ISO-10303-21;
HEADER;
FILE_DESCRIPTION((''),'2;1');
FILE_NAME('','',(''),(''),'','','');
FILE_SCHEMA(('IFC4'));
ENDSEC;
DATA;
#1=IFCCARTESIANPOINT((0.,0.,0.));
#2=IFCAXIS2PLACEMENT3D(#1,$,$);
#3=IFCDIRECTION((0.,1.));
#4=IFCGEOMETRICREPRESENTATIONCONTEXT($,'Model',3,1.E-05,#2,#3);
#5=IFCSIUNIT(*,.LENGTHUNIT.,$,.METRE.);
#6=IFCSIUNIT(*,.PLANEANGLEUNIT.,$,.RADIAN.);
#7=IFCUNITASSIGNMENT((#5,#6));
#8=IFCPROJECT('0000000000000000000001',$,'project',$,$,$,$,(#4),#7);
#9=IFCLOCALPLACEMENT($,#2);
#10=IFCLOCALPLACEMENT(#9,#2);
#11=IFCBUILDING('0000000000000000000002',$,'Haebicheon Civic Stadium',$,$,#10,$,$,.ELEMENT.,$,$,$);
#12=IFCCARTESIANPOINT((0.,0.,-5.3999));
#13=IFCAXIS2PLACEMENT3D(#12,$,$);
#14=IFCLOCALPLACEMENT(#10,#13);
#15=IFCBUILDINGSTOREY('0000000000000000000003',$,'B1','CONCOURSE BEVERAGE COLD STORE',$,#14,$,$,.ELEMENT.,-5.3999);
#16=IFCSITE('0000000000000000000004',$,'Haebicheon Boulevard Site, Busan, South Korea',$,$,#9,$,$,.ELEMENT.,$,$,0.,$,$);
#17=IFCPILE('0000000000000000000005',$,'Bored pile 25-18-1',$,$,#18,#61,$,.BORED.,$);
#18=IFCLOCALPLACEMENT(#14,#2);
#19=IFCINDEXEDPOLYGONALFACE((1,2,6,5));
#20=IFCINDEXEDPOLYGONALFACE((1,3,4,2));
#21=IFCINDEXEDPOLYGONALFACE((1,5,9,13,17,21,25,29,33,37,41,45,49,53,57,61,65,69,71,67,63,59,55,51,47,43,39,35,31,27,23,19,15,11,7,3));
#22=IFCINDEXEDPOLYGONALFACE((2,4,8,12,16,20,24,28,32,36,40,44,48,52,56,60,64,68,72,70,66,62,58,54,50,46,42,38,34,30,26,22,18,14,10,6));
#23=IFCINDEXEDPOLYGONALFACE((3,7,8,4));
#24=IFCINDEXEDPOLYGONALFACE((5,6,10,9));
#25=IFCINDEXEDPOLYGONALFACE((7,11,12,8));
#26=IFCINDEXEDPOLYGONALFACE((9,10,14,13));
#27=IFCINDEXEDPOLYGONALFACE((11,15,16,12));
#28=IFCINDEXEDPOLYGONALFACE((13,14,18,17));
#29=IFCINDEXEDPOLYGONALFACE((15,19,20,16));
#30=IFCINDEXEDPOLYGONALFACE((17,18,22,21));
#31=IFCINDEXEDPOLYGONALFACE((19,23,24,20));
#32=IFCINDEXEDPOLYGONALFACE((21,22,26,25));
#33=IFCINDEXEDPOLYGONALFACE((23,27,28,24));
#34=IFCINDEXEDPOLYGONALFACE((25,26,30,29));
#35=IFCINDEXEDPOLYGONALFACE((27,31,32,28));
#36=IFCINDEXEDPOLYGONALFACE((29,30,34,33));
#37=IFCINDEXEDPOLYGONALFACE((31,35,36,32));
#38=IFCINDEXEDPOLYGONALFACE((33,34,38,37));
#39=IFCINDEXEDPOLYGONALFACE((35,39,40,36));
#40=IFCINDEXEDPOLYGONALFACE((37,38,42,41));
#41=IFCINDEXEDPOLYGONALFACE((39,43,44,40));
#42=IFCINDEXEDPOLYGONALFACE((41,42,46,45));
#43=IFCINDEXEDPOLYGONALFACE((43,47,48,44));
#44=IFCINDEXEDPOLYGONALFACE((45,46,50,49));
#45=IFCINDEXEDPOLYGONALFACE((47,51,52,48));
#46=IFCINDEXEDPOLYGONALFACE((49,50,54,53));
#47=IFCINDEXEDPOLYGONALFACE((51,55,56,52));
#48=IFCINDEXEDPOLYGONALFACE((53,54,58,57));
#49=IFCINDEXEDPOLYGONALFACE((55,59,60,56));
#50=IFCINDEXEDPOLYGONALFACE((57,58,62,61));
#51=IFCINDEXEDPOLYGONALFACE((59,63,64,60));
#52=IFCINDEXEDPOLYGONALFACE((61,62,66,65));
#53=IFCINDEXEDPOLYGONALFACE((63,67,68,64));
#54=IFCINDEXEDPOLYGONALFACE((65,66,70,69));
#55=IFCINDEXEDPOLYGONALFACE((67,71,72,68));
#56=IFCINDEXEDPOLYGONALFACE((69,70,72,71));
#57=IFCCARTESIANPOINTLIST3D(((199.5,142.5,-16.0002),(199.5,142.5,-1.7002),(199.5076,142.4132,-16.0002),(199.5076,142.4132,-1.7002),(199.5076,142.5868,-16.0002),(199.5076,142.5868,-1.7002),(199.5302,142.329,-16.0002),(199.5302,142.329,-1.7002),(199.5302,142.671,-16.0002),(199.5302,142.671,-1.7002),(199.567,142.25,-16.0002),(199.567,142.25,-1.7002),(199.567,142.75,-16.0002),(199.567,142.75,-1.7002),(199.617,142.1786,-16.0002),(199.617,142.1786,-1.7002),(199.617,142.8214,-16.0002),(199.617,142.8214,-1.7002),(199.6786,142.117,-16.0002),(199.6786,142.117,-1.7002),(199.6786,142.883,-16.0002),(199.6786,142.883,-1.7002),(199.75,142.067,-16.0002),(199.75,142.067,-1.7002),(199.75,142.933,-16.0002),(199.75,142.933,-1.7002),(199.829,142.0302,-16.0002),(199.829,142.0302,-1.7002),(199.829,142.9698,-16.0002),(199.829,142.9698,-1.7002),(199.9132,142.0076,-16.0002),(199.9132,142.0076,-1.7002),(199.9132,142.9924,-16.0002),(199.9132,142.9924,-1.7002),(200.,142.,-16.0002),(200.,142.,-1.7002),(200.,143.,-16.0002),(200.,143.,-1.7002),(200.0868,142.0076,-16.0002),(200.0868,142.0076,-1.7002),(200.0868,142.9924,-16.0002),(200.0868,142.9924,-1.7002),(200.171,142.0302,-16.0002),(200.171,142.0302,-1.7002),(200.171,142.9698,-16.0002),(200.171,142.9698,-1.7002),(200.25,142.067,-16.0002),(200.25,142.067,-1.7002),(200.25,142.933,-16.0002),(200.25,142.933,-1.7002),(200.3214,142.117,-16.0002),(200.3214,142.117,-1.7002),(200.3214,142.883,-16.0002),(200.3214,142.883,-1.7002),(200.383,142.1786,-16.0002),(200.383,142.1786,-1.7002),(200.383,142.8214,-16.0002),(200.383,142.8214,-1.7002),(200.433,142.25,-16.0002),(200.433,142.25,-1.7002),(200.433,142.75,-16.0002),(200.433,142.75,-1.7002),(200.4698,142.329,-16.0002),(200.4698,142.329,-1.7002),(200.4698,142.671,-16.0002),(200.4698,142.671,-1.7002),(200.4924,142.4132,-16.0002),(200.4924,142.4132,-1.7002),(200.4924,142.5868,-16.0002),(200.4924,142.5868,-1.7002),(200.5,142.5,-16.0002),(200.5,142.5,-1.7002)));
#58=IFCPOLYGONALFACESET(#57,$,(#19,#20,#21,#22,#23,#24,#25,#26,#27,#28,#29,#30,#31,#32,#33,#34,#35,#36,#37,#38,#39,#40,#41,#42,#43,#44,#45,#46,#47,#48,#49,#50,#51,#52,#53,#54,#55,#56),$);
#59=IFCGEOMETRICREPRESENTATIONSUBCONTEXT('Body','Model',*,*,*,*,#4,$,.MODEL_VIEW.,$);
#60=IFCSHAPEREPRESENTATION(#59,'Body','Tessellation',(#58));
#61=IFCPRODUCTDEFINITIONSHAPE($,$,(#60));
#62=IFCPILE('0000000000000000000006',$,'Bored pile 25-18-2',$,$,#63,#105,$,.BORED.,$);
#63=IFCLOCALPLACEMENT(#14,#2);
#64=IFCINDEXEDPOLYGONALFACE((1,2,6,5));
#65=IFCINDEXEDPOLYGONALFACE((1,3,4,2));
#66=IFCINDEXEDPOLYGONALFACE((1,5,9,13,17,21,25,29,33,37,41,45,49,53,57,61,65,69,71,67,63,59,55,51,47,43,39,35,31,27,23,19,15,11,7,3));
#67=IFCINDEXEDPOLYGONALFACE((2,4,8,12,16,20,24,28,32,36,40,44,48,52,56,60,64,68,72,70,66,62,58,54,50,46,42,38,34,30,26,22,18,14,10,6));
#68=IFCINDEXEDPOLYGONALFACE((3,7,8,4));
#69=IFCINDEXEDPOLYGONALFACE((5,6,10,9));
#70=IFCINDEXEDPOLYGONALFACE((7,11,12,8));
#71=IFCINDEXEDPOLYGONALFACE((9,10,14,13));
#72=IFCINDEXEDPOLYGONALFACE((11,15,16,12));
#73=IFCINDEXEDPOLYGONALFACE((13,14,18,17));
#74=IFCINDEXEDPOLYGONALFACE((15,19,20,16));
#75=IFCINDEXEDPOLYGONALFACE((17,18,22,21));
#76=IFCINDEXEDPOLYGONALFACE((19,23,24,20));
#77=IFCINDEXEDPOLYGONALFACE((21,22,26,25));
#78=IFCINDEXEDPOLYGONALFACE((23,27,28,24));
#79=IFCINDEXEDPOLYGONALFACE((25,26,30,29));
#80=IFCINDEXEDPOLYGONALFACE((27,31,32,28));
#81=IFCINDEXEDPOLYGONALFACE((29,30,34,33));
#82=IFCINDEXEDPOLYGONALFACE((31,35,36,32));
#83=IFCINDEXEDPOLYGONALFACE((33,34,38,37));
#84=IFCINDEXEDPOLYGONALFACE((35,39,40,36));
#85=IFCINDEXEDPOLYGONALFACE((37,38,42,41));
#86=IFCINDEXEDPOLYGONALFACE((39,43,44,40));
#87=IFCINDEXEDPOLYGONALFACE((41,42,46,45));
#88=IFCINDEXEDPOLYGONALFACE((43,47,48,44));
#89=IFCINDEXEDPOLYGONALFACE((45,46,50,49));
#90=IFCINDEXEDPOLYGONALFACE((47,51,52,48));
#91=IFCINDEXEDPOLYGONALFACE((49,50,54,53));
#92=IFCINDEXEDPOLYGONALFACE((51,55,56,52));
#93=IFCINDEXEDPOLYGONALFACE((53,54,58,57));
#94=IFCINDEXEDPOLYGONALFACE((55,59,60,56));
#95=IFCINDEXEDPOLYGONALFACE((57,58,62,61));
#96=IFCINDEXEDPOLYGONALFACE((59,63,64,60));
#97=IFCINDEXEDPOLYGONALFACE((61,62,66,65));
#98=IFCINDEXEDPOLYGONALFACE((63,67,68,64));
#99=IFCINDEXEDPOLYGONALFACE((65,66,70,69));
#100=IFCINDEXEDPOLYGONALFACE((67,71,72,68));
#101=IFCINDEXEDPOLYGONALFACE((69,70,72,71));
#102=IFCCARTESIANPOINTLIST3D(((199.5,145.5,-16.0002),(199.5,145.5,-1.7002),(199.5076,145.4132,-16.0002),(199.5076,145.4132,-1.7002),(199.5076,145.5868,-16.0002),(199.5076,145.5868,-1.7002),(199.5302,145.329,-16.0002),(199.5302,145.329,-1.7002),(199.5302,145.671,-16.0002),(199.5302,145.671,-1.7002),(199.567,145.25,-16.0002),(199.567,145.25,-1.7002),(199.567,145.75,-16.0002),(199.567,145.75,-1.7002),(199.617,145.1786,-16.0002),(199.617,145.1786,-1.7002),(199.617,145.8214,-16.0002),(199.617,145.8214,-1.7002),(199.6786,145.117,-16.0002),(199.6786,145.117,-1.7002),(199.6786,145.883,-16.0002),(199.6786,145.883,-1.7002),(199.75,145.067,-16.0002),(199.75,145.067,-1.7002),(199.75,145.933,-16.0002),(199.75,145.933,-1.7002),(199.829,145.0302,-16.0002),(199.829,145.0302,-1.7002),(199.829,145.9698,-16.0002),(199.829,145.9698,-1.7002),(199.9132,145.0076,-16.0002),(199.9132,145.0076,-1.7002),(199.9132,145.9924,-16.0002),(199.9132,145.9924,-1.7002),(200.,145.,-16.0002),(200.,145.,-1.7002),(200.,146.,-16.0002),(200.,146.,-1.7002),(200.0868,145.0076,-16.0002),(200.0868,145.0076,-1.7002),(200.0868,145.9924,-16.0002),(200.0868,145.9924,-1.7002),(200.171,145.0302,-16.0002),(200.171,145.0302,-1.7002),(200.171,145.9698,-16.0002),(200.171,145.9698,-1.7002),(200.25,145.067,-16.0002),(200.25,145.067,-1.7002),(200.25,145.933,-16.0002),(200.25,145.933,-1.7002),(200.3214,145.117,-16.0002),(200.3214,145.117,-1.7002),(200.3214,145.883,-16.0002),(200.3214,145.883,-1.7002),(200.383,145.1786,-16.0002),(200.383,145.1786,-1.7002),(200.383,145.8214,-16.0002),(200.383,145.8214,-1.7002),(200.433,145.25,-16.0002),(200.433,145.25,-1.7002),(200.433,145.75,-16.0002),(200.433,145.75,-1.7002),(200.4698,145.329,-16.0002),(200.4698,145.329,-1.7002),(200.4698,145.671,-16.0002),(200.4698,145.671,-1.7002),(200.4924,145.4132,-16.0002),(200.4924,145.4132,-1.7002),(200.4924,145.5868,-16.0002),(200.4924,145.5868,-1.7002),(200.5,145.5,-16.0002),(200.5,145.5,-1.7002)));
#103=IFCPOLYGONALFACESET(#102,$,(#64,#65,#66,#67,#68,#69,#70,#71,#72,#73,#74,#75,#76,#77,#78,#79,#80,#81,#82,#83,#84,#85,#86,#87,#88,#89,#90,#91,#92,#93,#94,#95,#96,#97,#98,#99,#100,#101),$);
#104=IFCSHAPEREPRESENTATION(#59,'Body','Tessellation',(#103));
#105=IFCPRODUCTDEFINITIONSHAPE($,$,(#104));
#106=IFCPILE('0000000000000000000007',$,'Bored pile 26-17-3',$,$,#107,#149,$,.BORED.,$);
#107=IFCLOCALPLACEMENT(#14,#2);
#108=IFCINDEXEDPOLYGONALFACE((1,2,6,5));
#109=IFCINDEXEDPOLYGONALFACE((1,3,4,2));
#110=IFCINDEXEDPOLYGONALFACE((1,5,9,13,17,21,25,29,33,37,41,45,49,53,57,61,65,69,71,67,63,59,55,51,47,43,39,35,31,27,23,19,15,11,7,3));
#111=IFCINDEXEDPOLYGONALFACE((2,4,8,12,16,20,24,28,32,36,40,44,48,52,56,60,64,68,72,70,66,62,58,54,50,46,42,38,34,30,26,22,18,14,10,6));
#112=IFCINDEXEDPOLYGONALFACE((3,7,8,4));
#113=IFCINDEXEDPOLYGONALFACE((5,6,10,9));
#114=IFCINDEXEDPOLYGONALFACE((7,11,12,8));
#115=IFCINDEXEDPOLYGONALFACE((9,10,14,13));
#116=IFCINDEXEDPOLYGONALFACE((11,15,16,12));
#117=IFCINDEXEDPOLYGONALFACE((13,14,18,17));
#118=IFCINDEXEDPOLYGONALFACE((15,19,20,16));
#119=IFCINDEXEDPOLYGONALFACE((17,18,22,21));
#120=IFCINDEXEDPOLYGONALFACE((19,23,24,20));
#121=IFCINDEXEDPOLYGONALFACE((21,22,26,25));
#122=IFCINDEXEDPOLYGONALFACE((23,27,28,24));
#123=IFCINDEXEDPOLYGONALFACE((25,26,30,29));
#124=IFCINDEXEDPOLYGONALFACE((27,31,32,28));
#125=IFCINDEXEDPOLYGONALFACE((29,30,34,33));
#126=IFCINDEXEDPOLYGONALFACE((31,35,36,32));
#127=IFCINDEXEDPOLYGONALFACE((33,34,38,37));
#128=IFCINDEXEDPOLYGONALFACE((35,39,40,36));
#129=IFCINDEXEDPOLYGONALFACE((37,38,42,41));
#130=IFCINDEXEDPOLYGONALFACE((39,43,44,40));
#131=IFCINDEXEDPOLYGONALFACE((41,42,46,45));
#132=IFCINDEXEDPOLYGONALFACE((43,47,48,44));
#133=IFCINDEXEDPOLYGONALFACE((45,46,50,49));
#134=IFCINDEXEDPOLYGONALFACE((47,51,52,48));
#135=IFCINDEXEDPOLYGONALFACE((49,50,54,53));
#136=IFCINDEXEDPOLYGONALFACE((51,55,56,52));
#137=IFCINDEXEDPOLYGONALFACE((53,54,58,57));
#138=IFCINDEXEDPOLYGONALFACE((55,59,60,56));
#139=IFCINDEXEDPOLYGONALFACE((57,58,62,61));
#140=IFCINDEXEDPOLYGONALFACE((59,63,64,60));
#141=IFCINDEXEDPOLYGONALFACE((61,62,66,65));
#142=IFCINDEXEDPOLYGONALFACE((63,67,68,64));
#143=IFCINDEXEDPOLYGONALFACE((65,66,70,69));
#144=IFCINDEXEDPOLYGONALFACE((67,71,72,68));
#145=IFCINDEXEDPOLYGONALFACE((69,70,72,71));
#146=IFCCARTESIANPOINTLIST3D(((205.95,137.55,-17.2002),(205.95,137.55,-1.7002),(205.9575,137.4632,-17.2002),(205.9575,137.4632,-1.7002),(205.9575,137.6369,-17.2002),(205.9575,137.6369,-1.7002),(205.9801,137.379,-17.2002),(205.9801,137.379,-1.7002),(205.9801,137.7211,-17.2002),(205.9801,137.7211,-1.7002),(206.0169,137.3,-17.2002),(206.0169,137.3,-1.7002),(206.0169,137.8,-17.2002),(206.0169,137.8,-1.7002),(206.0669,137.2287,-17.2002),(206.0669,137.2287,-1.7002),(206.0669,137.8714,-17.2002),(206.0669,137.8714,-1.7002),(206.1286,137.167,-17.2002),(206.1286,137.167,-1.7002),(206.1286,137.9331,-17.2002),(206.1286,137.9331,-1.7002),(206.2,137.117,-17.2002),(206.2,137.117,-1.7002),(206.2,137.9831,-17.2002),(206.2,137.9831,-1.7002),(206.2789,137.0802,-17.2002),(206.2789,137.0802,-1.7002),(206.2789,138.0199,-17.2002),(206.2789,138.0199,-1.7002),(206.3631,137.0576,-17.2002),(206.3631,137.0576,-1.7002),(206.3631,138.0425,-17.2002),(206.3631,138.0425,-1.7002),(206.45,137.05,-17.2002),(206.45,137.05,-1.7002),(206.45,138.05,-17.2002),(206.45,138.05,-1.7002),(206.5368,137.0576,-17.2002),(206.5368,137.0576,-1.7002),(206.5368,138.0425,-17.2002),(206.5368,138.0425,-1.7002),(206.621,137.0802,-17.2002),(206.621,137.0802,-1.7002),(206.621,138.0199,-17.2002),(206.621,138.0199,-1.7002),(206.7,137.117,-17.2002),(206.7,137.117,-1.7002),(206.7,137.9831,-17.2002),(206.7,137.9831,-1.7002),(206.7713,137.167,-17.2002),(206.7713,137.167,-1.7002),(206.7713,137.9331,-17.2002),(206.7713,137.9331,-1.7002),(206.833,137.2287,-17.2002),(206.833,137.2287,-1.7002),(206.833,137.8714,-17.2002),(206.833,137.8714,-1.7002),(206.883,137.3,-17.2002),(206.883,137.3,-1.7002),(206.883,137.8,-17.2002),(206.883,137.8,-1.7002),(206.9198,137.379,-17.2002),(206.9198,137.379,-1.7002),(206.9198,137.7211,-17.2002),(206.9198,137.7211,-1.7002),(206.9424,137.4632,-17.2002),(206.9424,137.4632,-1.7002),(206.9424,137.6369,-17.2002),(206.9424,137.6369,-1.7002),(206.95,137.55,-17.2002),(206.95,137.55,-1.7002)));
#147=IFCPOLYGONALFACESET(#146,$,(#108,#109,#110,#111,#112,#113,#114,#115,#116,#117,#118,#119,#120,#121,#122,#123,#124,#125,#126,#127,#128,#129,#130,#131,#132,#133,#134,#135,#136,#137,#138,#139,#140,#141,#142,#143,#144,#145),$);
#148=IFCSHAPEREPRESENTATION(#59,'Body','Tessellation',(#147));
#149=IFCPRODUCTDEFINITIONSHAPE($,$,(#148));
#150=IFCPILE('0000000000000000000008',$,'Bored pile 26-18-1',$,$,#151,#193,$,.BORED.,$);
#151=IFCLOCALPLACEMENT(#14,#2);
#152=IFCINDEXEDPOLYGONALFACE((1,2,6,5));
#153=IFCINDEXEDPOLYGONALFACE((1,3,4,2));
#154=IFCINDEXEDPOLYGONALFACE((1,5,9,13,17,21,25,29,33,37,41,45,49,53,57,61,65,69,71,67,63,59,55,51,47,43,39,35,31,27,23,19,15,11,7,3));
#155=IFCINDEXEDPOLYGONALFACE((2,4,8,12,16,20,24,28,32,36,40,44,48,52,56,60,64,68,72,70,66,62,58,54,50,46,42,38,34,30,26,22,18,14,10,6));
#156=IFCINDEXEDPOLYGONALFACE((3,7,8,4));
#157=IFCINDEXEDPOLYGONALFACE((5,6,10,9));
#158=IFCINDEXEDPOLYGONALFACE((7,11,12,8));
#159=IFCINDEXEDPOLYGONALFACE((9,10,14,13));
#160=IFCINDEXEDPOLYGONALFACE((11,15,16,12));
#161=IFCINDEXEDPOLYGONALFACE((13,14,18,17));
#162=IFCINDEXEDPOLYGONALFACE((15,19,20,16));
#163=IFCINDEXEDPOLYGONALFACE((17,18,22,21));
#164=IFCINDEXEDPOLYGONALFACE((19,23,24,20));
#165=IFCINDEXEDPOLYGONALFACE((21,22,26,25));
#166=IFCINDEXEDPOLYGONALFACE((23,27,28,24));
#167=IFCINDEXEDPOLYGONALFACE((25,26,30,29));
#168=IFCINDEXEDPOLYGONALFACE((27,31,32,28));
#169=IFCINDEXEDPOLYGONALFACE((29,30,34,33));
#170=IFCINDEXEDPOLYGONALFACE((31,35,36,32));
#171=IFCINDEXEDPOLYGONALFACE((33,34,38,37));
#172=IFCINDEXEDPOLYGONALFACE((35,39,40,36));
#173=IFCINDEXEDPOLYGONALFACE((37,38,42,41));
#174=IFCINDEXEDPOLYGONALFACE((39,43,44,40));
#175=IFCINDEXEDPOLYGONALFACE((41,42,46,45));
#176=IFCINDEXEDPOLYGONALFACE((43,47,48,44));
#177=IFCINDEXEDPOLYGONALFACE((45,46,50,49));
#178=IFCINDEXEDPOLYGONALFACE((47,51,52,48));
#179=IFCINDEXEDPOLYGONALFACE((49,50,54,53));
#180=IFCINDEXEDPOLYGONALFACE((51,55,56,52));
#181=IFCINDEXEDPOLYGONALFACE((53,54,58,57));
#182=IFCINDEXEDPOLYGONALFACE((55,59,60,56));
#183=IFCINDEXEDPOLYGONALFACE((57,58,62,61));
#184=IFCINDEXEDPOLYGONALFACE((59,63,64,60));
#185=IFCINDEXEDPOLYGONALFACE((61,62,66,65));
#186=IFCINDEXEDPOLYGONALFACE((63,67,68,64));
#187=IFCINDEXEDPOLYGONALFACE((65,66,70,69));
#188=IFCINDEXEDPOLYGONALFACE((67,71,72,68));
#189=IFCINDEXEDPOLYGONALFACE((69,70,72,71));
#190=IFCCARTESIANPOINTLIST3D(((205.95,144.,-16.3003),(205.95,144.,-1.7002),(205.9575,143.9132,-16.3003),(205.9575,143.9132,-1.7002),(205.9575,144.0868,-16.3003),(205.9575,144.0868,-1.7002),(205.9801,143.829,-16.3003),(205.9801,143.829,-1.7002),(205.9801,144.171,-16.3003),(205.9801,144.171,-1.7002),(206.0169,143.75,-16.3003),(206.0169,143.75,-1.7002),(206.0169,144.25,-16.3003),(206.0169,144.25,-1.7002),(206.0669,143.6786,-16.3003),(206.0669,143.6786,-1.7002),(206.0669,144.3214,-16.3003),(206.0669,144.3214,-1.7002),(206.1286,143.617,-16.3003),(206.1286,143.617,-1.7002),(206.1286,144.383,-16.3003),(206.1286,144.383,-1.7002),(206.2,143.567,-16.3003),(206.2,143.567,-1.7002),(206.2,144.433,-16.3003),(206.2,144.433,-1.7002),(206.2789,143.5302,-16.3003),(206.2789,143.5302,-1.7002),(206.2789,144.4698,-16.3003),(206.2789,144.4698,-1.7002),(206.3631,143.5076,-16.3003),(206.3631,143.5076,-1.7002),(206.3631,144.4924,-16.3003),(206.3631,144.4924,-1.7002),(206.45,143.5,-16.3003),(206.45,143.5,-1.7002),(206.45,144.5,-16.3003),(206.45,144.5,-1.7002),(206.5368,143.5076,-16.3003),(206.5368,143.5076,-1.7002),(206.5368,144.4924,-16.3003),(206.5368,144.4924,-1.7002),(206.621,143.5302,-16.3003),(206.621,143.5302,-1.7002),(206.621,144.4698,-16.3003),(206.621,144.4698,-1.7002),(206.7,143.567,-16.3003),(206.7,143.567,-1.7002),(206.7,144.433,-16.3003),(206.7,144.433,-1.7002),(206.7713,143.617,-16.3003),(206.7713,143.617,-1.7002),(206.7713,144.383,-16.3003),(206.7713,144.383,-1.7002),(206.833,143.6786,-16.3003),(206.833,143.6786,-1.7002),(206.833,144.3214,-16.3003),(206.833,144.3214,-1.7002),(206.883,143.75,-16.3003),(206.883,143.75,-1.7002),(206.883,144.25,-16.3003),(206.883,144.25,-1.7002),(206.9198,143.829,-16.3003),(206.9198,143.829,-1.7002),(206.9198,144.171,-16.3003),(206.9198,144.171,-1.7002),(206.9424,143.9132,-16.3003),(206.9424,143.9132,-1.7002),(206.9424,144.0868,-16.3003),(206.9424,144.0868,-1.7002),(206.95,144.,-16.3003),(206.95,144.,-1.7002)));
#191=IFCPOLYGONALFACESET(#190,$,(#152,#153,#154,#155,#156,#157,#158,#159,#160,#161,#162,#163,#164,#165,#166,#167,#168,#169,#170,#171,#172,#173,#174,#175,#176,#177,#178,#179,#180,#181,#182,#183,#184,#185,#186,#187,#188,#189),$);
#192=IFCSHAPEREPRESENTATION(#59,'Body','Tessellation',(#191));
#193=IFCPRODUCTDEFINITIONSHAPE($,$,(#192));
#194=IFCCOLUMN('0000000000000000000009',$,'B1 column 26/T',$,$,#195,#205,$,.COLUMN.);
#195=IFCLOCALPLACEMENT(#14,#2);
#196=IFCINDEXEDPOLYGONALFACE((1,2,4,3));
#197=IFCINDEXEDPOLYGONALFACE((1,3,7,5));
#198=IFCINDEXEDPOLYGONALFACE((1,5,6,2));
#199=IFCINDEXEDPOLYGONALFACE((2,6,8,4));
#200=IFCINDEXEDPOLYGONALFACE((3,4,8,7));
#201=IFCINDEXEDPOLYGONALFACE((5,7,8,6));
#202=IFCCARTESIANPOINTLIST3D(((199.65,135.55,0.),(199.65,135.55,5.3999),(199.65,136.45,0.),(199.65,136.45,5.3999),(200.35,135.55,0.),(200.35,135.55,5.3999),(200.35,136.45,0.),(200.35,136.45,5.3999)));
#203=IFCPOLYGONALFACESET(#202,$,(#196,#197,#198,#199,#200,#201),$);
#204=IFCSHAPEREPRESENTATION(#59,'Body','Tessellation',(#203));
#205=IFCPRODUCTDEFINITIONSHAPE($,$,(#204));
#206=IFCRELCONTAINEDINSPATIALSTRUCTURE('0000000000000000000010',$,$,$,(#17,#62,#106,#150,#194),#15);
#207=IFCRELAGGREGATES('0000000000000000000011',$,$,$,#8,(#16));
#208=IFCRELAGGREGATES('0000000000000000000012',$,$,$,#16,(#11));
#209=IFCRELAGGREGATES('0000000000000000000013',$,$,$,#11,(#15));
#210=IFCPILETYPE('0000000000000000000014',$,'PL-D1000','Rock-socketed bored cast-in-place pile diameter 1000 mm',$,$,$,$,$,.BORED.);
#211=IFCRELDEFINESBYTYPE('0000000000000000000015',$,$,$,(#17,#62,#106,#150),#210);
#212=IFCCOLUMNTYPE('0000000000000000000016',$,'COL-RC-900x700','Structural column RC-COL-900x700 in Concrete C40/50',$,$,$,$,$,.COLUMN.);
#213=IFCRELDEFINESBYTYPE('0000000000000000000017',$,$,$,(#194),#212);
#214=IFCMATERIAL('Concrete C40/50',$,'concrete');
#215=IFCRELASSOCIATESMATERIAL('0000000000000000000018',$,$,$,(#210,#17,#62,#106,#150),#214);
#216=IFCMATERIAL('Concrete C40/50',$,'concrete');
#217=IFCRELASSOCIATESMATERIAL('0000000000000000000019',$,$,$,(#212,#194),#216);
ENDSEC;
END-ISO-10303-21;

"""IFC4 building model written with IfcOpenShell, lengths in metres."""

from ifc_helpers import new_model, si_unit, direction, frame, origin, origin_2d, place, context, subcontext, project, spatial, rectangle, circle, extrude, material, material_profile, profile_set, type_object, element, save


model = new_model("IFC4")

# Units and contexts
model_context = context("Model", 3, precision=1e-05, world=origin(), true_north=direction((0.0, 1.0)))
body_context = subcontext(model_context, "Body", "Model", "MODEL_VIEW")
ifc_project = project(units=[si_unit("LENGTHUNIT", "METRE"), si_unit("PLANEANGLEUNIT", "RADIAN")], contexts=[model_context])

# Site, building, storey
site_placement = place(None, origin())
site = spatial("IfcSite", under=ifc_project, at=site_placement, Name="Haebicheon Boulevard Site, Busan, South Korea", CompositionType="ELEMENT", RefElevation=0.0)
building_placement = place(site_placement, origin())
building = spatial("IfcBuilding", under=site, at=building_placement, Name="Haebicheon Civic Stadium", CompositionType="ELEMENT")
storey_placement = place(building_placement, frame((0.0, 0.0, -5.3999)))
storey = spatial("IfcBuildingStorey", under=building, at=storey_placement, Name="B1", Description="CONCOURSE BEVERAGE COLD STORE", CompositionType="ELEMENT", Elevation=-5.3999)

# Piles
ifc_material_1 = material(Name="Concrete C40/50", Category="concrete")
ifc_material_profile_1 = material_profile(ifc_material_1, circle(Radius=0.5, at=origin_2d()), Name="PILE-D1000")
ifc_profile_set_1 = profile_set([ifc_material_profile_1], Name="Concrete C40/50")
pile_type = type_object("IfcPileType", Name="PL-D1000", Description="Rock-socketed bored cast-in-place pile diameter 1000 mm", PredefinedType="BORED", material=ifc_profile_set_1)
for number, where, z_axis, x_axis, name in (
    (1, (200.0, 142.5, -1.7002), (0.0, 0.0, -1.0), (1.0, 0.0, 0.0), "Bored pile 25-18-1"),
    (2, (200.0, 145.5, -1.7002), (0.0, 0.0, -1.0), (1.0, 0.0, 0.0), "Bored pile 25-18-2"),
):
    element("IfcPile", number, at=place(storey_placement, frame(where, z_axis=z_axis, x_axis=x_axis)), inside=storey, type_object=pile_type, material=ifc_profile_set_1, Name=name, PredefinedType="BORED", context=body_context, shape_type="SweptSolid", body=[
        extrude(circle(Radius=0.5, at=origin_2d()), origin(), (0.0, 0.0, 1.0), 14.3),
    ])
pile_1_placement = place(storey_placement, frame((206.45, 137.55, -1.7002), z_axis=(0.0, 0.0, -1.0), x_axis=(1.0, 0.0, 0.0)))
element("IfcPile", 3, at=pile_1_placement, inside=storey, type_object=pile_type, material=ifc_profile_set_1, Name="Bored pile 26-17-3", PredefinedType="BORED", context=body_context, shape_type="SweptSolid", body=[
    extrude(circle(Radius=0.5, at=origin_2d()), origin(), (0.0, 0.0, 1.0), 15.5),
])
pile_2_placement = place(storey_placement, frame((206.45, 144.0, -1.7002), z_axis=(0.0, 0.0, -1.0), x_axis=(1.0, 0.0, 0.0)))
element("IfcPile", 4, at=pile_2_placement, inside=storey, type_object=pile_type, material=ifc_profile_set_1, Name="Bored pile 26-18-1", PredefinedType="BORED", context=body_context, shape_type="SweptSolid", body=[
    extrude(circle(Radius=0.5, at=origin_2d()), origin(), (0.0, 0.0, 1.0), 14.6001),
])

# Column
ifc_material_2 = material(Name="Concrete C40/50", Category="concrete")
ifc_material_profile_2 = material_profile(ifc_material_2, rectangle(XDim=0.7, YDim=0.8999, at=origin_2d()), Name="RC-COL-900x700")
ifc_profile_set_2 = profile_set([ifc_material_profile_2], Name="Concrete C40/50")
column_type = type_object("IfcColumnType", Name="COL-RC-900x700", Description="Structural column RC-COL-900x700 in Concrete C40/50", PredefinedType="COLUMN", material=ifc_profile_set_2)
for number, where, z_axis, x_axis, name in (
    (5, (200.0, 136.0, 0.0), (0.0, 0.0, 1.0), (1.0, 0.0, 0.0), "B1 column 26/T"),
):
    element("IfcColumn", number, at=place(storey_placement, frame(where, z_axis=z_axis, x_axis=x_axis)), inside=storey, type_object=column_type, material=ifc_profile_set_2, Name=name, PredefinedType="COLUMN", context=body_context, shape_type="SweptSolid", body=[
        extrude(rectangle(XDim=0.7, YDim=0.8999, at=origin_2d()), origin(), (0.0, 0.0, 1.0), 5.3999),
    ])

save(model, "model.ifc")
